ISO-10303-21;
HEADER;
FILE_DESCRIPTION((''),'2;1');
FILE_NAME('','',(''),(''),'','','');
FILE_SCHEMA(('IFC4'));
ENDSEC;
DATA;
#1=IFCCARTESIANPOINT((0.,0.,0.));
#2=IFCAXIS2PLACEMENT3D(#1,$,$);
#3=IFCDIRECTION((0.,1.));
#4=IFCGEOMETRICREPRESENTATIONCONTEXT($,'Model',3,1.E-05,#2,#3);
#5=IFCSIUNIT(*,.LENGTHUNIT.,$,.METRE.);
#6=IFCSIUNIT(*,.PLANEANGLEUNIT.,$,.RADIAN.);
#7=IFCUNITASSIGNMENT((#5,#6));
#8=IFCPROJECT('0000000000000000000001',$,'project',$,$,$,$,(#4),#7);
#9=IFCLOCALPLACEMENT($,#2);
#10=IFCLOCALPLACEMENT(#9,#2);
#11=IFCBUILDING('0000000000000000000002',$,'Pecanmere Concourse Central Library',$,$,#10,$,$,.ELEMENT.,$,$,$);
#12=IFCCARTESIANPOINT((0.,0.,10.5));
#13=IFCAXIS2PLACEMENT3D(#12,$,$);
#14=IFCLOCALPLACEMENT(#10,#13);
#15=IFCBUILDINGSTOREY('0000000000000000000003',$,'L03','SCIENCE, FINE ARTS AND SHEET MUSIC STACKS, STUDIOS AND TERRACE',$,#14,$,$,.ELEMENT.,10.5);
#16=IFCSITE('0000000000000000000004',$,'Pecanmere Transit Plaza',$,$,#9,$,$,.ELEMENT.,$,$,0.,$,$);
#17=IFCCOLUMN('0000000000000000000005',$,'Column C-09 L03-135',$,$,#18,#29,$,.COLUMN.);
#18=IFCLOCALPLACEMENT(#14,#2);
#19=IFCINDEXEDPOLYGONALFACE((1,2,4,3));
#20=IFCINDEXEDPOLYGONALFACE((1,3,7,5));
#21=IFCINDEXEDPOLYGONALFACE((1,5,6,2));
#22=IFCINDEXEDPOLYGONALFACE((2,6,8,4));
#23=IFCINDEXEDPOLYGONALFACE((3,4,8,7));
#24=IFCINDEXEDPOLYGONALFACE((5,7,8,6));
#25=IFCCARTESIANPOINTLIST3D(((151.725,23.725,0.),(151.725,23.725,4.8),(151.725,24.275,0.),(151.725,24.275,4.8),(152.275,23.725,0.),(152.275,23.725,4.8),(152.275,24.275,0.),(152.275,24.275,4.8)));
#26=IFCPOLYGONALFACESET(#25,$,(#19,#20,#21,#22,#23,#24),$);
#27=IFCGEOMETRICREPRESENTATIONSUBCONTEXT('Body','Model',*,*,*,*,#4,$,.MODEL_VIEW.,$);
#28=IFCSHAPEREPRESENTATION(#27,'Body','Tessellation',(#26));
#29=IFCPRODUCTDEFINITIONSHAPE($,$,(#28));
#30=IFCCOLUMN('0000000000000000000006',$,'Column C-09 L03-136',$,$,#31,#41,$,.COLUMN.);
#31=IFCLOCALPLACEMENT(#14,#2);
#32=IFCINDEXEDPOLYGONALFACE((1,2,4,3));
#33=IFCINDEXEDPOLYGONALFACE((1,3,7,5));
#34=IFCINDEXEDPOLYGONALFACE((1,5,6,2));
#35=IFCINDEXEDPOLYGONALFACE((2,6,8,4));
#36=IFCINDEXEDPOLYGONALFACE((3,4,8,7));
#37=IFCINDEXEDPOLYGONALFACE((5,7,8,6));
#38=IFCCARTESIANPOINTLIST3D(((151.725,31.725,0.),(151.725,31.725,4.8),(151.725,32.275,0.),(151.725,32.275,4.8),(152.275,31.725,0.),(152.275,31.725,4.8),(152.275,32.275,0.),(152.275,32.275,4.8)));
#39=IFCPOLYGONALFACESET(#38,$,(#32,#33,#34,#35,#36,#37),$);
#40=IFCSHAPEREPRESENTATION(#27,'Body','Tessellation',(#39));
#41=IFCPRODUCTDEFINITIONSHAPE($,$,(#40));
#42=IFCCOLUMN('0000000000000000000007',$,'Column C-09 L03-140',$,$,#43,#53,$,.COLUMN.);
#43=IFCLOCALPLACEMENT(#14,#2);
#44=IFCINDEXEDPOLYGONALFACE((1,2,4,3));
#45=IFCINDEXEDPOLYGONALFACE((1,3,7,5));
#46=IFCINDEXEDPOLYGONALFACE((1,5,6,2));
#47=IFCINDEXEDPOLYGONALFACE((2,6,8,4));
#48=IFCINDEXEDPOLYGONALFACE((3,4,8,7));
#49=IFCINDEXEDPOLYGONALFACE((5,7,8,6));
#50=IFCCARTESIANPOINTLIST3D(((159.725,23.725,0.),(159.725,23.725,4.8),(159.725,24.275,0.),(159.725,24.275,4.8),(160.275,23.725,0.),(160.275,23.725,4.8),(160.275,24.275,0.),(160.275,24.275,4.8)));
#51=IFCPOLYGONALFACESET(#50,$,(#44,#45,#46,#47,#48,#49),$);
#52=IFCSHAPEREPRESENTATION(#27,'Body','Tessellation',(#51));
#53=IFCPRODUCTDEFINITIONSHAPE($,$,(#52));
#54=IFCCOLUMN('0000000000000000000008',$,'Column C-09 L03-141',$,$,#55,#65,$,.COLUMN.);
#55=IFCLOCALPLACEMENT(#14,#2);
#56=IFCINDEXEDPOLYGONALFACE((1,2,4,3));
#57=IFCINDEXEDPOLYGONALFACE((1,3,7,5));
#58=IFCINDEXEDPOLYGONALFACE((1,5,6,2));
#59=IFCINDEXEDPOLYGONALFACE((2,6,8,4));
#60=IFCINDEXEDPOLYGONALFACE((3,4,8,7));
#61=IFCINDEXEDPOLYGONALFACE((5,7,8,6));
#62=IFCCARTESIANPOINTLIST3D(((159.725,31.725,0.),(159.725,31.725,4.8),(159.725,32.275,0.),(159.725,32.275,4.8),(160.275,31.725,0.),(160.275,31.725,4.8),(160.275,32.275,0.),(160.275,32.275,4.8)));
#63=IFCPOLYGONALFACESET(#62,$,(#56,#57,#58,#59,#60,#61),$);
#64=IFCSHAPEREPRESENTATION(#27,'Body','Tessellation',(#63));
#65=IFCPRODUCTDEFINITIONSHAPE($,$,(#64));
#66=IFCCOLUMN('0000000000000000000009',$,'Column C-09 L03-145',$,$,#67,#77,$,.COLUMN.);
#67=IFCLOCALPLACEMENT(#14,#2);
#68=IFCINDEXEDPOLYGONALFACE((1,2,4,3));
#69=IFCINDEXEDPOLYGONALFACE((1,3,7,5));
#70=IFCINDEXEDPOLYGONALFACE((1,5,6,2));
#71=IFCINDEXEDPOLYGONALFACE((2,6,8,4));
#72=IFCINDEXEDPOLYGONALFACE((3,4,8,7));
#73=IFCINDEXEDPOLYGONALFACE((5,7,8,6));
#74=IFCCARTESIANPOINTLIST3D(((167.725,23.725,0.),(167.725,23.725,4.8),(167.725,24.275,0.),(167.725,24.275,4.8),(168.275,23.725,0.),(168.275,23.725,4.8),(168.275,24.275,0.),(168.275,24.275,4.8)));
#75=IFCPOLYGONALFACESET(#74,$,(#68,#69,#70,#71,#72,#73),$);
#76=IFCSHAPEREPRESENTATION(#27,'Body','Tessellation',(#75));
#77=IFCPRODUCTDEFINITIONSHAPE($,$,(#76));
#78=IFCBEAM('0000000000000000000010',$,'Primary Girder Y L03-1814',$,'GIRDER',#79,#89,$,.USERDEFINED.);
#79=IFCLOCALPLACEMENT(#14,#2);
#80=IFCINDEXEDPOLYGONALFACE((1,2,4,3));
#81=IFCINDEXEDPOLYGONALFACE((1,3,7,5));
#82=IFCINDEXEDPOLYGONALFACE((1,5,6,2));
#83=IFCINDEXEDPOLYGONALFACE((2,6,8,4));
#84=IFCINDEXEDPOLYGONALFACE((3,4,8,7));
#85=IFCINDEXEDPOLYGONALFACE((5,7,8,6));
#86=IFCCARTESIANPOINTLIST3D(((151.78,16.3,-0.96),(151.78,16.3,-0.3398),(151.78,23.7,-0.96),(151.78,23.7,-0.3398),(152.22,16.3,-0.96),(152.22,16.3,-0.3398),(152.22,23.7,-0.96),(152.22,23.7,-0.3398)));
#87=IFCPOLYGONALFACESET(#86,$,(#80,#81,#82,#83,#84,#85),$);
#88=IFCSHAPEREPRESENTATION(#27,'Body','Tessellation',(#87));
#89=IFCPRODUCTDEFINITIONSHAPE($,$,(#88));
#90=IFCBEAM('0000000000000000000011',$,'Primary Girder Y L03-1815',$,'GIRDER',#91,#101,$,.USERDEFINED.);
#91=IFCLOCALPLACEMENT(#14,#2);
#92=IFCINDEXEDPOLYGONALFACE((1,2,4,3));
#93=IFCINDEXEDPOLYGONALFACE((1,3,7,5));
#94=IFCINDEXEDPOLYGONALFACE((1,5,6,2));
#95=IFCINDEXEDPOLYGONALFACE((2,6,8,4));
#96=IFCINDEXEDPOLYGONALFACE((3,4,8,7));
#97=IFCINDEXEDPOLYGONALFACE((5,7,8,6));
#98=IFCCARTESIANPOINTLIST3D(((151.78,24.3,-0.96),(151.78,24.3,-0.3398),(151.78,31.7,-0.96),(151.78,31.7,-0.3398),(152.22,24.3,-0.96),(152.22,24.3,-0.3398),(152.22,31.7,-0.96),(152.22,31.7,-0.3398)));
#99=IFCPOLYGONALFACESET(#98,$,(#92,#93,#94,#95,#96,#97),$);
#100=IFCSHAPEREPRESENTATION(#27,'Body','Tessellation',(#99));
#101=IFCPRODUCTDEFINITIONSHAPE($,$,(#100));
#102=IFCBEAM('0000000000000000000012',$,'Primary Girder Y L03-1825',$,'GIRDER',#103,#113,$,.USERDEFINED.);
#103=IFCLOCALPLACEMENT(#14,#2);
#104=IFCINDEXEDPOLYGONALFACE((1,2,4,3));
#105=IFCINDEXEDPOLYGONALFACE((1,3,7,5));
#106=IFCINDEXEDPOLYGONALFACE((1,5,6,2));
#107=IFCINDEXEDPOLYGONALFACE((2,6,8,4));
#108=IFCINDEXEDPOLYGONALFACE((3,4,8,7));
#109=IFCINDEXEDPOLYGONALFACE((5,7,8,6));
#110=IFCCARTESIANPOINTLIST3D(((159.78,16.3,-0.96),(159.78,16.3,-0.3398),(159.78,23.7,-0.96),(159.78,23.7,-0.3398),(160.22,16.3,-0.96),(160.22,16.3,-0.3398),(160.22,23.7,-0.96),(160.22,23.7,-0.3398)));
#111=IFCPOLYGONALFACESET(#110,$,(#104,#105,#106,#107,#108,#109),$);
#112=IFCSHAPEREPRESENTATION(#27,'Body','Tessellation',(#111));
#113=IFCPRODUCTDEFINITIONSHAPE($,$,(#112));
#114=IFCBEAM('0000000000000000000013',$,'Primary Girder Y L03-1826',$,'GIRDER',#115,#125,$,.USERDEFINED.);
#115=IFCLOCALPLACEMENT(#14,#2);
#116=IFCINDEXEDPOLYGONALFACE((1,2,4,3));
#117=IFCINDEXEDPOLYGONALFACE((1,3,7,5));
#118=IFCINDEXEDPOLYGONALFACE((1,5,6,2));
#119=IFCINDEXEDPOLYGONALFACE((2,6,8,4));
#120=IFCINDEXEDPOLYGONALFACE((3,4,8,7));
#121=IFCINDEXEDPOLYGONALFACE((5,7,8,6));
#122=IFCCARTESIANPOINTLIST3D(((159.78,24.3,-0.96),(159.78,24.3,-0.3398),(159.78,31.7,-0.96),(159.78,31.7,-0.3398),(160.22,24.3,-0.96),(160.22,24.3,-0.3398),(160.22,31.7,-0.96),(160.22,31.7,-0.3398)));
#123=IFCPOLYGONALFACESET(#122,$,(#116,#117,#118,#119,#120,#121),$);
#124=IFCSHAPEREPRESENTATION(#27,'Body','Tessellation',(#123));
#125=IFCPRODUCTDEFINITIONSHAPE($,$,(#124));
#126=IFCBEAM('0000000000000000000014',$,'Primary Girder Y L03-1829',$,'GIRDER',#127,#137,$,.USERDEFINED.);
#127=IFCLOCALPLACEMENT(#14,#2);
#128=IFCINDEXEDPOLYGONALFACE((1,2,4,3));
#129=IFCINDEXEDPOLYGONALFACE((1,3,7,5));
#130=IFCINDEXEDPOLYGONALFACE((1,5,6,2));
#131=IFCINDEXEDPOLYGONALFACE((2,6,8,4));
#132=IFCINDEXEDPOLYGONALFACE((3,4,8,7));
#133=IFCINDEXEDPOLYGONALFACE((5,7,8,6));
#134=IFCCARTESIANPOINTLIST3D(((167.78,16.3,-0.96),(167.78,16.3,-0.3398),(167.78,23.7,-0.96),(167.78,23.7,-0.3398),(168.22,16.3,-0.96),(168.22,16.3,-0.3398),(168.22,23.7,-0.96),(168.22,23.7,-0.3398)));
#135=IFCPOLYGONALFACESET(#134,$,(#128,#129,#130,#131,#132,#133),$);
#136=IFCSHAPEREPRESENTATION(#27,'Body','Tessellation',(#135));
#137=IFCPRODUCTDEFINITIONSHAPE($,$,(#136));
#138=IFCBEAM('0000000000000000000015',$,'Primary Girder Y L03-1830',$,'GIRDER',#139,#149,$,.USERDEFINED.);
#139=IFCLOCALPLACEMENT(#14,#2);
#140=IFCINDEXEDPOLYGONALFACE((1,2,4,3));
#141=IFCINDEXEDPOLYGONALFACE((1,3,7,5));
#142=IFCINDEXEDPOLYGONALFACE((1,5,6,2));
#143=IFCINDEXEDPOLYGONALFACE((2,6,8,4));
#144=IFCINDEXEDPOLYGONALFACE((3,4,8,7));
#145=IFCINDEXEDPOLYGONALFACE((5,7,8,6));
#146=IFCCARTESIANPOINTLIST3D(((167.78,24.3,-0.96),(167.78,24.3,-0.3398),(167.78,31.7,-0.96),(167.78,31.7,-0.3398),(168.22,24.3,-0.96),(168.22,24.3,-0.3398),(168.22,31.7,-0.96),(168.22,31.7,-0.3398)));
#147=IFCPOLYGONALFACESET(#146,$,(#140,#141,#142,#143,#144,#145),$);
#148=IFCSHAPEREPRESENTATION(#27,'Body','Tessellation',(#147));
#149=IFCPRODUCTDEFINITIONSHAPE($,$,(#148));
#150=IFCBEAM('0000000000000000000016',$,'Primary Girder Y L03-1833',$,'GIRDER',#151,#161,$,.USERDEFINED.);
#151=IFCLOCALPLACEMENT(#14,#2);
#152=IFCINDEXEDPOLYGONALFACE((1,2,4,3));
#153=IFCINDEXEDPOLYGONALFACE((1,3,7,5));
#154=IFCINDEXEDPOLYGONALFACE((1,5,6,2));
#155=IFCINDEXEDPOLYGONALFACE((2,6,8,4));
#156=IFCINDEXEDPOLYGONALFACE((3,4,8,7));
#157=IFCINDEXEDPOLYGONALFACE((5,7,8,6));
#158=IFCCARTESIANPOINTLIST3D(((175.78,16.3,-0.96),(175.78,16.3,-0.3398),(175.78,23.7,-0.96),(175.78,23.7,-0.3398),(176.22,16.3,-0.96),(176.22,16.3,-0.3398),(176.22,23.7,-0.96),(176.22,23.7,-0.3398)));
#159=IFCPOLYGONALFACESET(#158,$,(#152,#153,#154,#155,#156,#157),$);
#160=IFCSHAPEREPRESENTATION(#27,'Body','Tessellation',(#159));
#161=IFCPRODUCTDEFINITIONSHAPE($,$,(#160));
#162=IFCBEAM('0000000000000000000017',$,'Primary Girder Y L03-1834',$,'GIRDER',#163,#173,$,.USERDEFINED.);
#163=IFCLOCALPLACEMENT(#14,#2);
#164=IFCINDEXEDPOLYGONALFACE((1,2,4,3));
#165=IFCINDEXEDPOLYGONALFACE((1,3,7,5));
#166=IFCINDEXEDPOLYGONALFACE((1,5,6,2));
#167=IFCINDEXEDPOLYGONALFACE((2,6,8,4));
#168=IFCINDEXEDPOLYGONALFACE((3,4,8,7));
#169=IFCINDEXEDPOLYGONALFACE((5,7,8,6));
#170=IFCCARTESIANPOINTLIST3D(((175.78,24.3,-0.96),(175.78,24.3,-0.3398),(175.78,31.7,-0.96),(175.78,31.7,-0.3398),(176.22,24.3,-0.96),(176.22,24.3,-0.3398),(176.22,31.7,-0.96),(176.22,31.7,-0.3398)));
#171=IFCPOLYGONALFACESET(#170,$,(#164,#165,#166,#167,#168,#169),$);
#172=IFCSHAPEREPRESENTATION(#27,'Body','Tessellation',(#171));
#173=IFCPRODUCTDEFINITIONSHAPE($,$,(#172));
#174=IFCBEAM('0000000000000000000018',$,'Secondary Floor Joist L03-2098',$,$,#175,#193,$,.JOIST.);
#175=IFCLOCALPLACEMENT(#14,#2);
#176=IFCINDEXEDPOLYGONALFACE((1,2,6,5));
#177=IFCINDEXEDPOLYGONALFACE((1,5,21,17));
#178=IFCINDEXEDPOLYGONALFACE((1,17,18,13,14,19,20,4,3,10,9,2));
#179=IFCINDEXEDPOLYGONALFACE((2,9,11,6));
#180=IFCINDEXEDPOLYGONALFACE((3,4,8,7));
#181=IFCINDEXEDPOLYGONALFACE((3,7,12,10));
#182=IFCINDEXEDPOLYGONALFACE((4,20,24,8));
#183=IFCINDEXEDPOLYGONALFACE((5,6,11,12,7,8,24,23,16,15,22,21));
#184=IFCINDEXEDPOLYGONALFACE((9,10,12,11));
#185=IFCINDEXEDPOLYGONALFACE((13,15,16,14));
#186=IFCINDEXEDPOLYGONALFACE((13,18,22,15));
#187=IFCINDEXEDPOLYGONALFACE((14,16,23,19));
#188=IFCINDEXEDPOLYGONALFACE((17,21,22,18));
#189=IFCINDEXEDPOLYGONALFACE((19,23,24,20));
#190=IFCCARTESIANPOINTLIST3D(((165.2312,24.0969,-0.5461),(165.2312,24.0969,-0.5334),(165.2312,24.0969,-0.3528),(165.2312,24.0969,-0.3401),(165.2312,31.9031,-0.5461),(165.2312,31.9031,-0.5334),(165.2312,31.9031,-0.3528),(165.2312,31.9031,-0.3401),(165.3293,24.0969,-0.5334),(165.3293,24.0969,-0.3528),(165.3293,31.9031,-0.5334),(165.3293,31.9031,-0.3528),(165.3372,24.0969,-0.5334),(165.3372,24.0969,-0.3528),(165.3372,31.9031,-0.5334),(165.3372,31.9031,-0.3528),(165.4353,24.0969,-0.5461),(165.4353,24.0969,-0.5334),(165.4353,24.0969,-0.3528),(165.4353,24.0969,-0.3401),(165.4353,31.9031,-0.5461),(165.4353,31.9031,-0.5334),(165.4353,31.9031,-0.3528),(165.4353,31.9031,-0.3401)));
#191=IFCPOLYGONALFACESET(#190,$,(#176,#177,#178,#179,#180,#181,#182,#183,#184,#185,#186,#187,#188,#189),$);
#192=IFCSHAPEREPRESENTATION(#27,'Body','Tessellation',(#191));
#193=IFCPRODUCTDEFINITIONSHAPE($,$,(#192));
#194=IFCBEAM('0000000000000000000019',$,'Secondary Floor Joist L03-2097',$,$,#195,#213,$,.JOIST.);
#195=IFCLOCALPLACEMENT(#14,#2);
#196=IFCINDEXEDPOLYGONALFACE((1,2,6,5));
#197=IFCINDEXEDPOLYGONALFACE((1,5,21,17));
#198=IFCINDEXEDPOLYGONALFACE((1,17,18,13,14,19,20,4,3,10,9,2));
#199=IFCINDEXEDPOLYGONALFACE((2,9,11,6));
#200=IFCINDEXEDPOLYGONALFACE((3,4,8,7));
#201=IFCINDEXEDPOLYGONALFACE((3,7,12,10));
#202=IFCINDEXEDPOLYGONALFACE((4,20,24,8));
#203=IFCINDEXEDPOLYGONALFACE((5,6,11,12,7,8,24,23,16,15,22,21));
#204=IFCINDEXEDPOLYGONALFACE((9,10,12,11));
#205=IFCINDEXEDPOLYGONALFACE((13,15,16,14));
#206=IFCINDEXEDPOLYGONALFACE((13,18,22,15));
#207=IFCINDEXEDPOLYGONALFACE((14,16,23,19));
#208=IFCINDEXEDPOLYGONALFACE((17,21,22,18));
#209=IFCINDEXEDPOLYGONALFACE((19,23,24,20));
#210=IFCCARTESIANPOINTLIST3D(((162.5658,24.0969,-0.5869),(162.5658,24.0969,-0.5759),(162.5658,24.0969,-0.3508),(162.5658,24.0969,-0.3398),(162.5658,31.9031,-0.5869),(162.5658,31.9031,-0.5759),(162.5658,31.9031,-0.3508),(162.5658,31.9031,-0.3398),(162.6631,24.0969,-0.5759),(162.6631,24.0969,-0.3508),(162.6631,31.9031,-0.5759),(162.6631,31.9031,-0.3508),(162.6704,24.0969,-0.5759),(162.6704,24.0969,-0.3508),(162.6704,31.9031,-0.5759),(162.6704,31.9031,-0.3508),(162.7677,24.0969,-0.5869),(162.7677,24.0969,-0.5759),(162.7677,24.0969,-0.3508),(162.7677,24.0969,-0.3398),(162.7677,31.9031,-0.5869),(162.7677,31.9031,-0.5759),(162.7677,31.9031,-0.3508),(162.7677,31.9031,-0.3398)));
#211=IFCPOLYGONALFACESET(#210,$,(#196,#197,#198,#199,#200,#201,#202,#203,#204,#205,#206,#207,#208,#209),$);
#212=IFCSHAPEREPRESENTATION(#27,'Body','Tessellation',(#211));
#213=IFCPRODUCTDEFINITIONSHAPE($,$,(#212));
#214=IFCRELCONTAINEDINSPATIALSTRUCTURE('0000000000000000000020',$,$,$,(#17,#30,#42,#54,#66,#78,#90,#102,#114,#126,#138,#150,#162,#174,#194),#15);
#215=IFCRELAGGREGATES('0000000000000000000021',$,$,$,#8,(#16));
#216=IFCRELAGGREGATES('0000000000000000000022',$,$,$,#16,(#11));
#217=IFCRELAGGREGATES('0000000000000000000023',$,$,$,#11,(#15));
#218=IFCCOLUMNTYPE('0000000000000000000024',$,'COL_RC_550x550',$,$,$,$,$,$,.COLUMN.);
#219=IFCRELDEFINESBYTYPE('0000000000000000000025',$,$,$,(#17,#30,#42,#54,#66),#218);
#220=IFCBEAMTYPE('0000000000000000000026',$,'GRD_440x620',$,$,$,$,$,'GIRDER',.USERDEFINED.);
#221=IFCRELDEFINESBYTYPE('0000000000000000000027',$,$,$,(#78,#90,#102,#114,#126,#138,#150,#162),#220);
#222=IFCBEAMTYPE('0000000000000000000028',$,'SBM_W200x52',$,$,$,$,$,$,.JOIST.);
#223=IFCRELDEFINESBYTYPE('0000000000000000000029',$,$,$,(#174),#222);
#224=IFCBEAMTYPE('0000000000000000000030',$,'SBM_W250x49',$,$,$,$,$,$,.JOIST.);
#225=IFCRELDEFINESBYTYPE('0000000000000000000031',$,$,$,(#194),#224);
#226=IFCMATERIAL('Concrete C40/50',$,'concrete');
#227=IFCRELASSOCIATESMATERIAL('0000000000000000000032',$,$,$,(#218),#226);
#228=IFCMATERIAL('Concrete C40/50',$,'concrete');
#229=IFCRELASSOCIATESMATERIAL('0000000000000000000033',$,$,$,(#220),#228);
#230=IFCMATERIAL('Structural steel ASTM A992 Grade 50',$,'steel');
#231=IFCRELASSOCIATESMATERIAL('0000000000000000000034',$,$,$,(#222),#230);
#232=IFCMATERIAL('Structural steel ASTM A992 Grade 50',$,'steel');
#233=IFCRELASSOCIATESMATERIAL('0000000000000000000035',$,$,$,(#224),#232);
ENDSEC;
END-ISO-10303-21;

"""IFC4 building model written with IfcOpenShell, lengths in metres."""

from ifc_helpers import new_model, si_unit, direction, frame, origin, origin_2d, place, context, subcontext, project, spatial, rectangle, i_section, extrude, material, material_profile, profile_set, type_object, element, save


model = new_model("IFC4")

# Units and contexts
model_context = context("Model", 3, precision=1e-05, world=origin(), true_north=direction((0.0, 1.0)))
body_context = subcontext(model_context, "Body", "Model", "MODEL_VIEW")
ifc_project = project(units=[si_unit("LENGTHUNIT", "METRE"), si_unit("PLANEANGLEUNIT", "RADIAN")], contexts=[model_context])

# Site, building, storey
site_placement = place(None, origin())
site = spatial("IfcSite", under=ifc_project, at=site_placement, Name="Pecanmere Transit Plaza", CompositionType="ELEMENT", RefElevation=0.0)
building_placement = place(site_placement, origin())
building = spatial("IfcBuilding", under=site, at=building_placement, Name="Pecanmere Concourse Central Library", CompositionType="ELEMENT")
storey_placement = place(building_placement, frame((0.0, 0.0, 10.5)))
storey = spatial("IfcBuildingStorey", under=building, at=storey_placement, Name="L03", Description="SCIENCE, FINE ARTS AND SHEET MUSIC STACKS, STUDIOS AND TERRACE", CompositionType="ELEMENT", Elevation=10.5)

# Columns
ifc_material_1 = material(Name="Concrete C40/50", Category="concrete")
ifc_material_profile_1 = material_profile(ifc_material_1, rectangle(XDim=0.55, YDim=0.55, at=origin_2d()), Name="RC 550x550")
ifc_profile_set_1 = profile_set([ifc_material_profile_1], Name="Concrete C40/50")
column_type = type_object("IfcColumnType", Name="COL_RC_550x550", PredefinedType="COLUMN", material=ifc_profile_set_1)
for number, where, z_axis, x_axis, name in (
    (1, (152.0, 24.0, 0.0), (0.0, 0.0, 1.0), (1.0, 0.0, 0.0), "Column C-09 L03-135"),
    (2, (152.0, 32.0, 0.0), (0.0, 0.0, 1.0), (1.0, 0.0, 0.0), "Column C-09 L03-136"),
    (3, (160.0, 24.0, 0.0), (0.0, 0.0, 1.0), (1.0, 0.0, 0.0), "Column C-09 L03-140"),
    (4, (160.0, 32.0, 0.0), (0.0, 0.0, 1.0), (1.0, 0.0, 0.0), "Column C-09 L03-141"),
    (5, (168.0, 24.0, 0.0), (0.0, 0.0, 1.0), (1.0, 0.0, 0.0), "Column C-09 L03-145"),
):
    element("IfcColumn", number, at=place(storey_placement, frame(where, z_axis=z_axis, x_axis=x_axis)), inside=storey, type_object=column_type, Name=name, PredefinedType="COLUMN", context=body_context, shape_type="SweptSolid", body=[
        extrude(rectangle(XDim=0.55, YDim=0.55, at=origin_2d()), origin(), (0.0, 0.0, 1.0), 4.8),
    ])

# Beams
ifc_material_2 = material(Name="Concrete C40/50", Category="concrete")
ifc_material_profile_2 = material_profile(ifc_material_2, rectangle(XDim=0.4399, YDim=0.6201, at=origin_2d()), Name="RC 440x620")
ifc_profile_set_2 = profile_set([ifc_material_profile_2], Name="Concrete C40/50")
beam_type_1 = type_object("IfcBeamType", Name="GRD_440x620", ElementType="GIRDER", PredefinedType="USERDEFINED", material=ifc_profile_set_2)
for number, where, z_axis, x_axis, name in (
    (6, (152.0, 16.3, -0.6499), (0.0, 1.0, 0.0), (-1.0, 0.0, 0.0), "Primary Girder Y L03-1814"),
    (7, (152.0, 24.3, -0.6499), (0.0, 1.0, 0.0), (-1.0, 0.0, 0.0), "Primary Girder Y L03-1815"),
    (8, (160.0, 16.3, -0.6499), (0.0, 1.0, 0.0), (-1.0, 0.0, 0.0), "Primary Girder Y L03-1825"),
    (9, (160.0, 24.3, -0.6499), (0.0, 1.0, 0.0), (-1.0, 0.0, 0.0), "Primary Girder Y L03-1826"),
    (10, (168.0, 16.3, -0.6499), (0.0, 1.0, 0.0), (-1.0, 0.0, 0.0), "Primary Girder Y L03-1829"),
    (11, (168.0, 24.3, -0.6499), (0.0, 1.0, 0.0), (-1.0, 0.0, 0.0), "Primary Girder Y L03-1830"),
    (12, (176.0, 16.3, -0.6499), (0.0, 1.0, 0.0), (-1.0, 0.0, 0.0), "Primary Girder Y L03-1833"),
    (13, (176.0, 24.3, -0.6499), (0.0, 1.0, 0.0), (-1.0, 0.0, 0.0), "Primary Girder Y L03-1834"),
):
    element("IfcBeam", number, at=place(storey_placement, frame(where, z_axis=z_axis, x_axis=x_axis)), inside=storey, type_object=beam_type_1, Name=name, ObjectType="GIRDER", PredefinedType="USERDEFINED", context=body_context, shape_type="SweptSolid", body=[
        extrude(rectangle(XDim=0.4399, YDim=0.6201, at=origin_2d()), origin(), (0.0, 0.0, 1.0), 7.3999),
    ])
ifc_material_3 = material(Name="Structural steel ASTM A992 Grade 50", Category="steel")
ifc_material_profile_3 = material_profile(ifc_material_3, i_section(OverallWidth=0.2041, OverallDepth=0.2061, WebThickness=0.0078, FlangeThickness=0.0127, at=origin_2d()), Name="W200x52")
ifc_profile_set_3 = profile_set([ifc_material_profile_3], Name="Structural steel ASTM A992 Grade 50")
beam_type_2 = type_object("IfcBeamType", Name="SBM_W200x52", PredefinedType="JOIST", material=ifc_profile_set_3)
beam_1_placement = place(storey_placement, frame((165.3333, 24.0969, -0.4431), z_axis=(0.0, 1.0, 0.0), x_axis=(-1.0, 0.0, 0.0)))
element("IfcBeam", 14, at=beam_1_placement, inside=storey, type_object=beam_type_2, Name="Secondary Floor Joist L03-2098", PredefinedType="JOIST", context=body_context, shape_type="SweptSolid", body=[
    extrude(i_section(OverallWidth=0.2041, OverallDepth=0.2061, WebThickness=0.0078, FlangeThickness=0.0127, at=origin_2d()), origin(), (0.0, 0.0, 1.0), 7.8062),
])
ifc_material_4 = material(Name="Structural steel ASTM A992 Grade 50", Category="steel")
ifc_material_profile_4 = material_profile(ifc_material_4, i_section(OverallWidth=0.2019, OverallDepth=0.2471, WebThickness=0.0073, FlangeThickness=0.011, at=origin_2d()), Name="W250x49.1")
ifc_profile_set_4 = profile_set([ifc_material_profile_4], Name="Structural steel ASTM A992 Grade 50")
beam_type_3 = type_object("IfcBeamType", Name="SBM_W250x49", PredefinedType="JOIST", material=ifc_profile_set_4)
beam_2_placement = place(storey_placement, frame((162.6667, 24.0969, -0.4634), z_axis=(0.0, 1.0, 0.0), x_axis=(-1.0, 0.0, 0.0)))
element("IfcBeam", 15, at=beam_2_placement, inside=storey, type_object=beam_type_3, Name="Secondary Floor Joist L03-2097", PredefinedType="JOIST", context=body_context, shape_type="SweptSolid", body=[
    extrude(i_section(OverallWidth=0.2019, OverallDepth=0.2471, WebThickness=0.0073, FlangeThickness=0.011, at=origin_2d()), origin(), (0.0, 0.0, 1.0), 7.8062),
])

save(model, "model.ifc")
